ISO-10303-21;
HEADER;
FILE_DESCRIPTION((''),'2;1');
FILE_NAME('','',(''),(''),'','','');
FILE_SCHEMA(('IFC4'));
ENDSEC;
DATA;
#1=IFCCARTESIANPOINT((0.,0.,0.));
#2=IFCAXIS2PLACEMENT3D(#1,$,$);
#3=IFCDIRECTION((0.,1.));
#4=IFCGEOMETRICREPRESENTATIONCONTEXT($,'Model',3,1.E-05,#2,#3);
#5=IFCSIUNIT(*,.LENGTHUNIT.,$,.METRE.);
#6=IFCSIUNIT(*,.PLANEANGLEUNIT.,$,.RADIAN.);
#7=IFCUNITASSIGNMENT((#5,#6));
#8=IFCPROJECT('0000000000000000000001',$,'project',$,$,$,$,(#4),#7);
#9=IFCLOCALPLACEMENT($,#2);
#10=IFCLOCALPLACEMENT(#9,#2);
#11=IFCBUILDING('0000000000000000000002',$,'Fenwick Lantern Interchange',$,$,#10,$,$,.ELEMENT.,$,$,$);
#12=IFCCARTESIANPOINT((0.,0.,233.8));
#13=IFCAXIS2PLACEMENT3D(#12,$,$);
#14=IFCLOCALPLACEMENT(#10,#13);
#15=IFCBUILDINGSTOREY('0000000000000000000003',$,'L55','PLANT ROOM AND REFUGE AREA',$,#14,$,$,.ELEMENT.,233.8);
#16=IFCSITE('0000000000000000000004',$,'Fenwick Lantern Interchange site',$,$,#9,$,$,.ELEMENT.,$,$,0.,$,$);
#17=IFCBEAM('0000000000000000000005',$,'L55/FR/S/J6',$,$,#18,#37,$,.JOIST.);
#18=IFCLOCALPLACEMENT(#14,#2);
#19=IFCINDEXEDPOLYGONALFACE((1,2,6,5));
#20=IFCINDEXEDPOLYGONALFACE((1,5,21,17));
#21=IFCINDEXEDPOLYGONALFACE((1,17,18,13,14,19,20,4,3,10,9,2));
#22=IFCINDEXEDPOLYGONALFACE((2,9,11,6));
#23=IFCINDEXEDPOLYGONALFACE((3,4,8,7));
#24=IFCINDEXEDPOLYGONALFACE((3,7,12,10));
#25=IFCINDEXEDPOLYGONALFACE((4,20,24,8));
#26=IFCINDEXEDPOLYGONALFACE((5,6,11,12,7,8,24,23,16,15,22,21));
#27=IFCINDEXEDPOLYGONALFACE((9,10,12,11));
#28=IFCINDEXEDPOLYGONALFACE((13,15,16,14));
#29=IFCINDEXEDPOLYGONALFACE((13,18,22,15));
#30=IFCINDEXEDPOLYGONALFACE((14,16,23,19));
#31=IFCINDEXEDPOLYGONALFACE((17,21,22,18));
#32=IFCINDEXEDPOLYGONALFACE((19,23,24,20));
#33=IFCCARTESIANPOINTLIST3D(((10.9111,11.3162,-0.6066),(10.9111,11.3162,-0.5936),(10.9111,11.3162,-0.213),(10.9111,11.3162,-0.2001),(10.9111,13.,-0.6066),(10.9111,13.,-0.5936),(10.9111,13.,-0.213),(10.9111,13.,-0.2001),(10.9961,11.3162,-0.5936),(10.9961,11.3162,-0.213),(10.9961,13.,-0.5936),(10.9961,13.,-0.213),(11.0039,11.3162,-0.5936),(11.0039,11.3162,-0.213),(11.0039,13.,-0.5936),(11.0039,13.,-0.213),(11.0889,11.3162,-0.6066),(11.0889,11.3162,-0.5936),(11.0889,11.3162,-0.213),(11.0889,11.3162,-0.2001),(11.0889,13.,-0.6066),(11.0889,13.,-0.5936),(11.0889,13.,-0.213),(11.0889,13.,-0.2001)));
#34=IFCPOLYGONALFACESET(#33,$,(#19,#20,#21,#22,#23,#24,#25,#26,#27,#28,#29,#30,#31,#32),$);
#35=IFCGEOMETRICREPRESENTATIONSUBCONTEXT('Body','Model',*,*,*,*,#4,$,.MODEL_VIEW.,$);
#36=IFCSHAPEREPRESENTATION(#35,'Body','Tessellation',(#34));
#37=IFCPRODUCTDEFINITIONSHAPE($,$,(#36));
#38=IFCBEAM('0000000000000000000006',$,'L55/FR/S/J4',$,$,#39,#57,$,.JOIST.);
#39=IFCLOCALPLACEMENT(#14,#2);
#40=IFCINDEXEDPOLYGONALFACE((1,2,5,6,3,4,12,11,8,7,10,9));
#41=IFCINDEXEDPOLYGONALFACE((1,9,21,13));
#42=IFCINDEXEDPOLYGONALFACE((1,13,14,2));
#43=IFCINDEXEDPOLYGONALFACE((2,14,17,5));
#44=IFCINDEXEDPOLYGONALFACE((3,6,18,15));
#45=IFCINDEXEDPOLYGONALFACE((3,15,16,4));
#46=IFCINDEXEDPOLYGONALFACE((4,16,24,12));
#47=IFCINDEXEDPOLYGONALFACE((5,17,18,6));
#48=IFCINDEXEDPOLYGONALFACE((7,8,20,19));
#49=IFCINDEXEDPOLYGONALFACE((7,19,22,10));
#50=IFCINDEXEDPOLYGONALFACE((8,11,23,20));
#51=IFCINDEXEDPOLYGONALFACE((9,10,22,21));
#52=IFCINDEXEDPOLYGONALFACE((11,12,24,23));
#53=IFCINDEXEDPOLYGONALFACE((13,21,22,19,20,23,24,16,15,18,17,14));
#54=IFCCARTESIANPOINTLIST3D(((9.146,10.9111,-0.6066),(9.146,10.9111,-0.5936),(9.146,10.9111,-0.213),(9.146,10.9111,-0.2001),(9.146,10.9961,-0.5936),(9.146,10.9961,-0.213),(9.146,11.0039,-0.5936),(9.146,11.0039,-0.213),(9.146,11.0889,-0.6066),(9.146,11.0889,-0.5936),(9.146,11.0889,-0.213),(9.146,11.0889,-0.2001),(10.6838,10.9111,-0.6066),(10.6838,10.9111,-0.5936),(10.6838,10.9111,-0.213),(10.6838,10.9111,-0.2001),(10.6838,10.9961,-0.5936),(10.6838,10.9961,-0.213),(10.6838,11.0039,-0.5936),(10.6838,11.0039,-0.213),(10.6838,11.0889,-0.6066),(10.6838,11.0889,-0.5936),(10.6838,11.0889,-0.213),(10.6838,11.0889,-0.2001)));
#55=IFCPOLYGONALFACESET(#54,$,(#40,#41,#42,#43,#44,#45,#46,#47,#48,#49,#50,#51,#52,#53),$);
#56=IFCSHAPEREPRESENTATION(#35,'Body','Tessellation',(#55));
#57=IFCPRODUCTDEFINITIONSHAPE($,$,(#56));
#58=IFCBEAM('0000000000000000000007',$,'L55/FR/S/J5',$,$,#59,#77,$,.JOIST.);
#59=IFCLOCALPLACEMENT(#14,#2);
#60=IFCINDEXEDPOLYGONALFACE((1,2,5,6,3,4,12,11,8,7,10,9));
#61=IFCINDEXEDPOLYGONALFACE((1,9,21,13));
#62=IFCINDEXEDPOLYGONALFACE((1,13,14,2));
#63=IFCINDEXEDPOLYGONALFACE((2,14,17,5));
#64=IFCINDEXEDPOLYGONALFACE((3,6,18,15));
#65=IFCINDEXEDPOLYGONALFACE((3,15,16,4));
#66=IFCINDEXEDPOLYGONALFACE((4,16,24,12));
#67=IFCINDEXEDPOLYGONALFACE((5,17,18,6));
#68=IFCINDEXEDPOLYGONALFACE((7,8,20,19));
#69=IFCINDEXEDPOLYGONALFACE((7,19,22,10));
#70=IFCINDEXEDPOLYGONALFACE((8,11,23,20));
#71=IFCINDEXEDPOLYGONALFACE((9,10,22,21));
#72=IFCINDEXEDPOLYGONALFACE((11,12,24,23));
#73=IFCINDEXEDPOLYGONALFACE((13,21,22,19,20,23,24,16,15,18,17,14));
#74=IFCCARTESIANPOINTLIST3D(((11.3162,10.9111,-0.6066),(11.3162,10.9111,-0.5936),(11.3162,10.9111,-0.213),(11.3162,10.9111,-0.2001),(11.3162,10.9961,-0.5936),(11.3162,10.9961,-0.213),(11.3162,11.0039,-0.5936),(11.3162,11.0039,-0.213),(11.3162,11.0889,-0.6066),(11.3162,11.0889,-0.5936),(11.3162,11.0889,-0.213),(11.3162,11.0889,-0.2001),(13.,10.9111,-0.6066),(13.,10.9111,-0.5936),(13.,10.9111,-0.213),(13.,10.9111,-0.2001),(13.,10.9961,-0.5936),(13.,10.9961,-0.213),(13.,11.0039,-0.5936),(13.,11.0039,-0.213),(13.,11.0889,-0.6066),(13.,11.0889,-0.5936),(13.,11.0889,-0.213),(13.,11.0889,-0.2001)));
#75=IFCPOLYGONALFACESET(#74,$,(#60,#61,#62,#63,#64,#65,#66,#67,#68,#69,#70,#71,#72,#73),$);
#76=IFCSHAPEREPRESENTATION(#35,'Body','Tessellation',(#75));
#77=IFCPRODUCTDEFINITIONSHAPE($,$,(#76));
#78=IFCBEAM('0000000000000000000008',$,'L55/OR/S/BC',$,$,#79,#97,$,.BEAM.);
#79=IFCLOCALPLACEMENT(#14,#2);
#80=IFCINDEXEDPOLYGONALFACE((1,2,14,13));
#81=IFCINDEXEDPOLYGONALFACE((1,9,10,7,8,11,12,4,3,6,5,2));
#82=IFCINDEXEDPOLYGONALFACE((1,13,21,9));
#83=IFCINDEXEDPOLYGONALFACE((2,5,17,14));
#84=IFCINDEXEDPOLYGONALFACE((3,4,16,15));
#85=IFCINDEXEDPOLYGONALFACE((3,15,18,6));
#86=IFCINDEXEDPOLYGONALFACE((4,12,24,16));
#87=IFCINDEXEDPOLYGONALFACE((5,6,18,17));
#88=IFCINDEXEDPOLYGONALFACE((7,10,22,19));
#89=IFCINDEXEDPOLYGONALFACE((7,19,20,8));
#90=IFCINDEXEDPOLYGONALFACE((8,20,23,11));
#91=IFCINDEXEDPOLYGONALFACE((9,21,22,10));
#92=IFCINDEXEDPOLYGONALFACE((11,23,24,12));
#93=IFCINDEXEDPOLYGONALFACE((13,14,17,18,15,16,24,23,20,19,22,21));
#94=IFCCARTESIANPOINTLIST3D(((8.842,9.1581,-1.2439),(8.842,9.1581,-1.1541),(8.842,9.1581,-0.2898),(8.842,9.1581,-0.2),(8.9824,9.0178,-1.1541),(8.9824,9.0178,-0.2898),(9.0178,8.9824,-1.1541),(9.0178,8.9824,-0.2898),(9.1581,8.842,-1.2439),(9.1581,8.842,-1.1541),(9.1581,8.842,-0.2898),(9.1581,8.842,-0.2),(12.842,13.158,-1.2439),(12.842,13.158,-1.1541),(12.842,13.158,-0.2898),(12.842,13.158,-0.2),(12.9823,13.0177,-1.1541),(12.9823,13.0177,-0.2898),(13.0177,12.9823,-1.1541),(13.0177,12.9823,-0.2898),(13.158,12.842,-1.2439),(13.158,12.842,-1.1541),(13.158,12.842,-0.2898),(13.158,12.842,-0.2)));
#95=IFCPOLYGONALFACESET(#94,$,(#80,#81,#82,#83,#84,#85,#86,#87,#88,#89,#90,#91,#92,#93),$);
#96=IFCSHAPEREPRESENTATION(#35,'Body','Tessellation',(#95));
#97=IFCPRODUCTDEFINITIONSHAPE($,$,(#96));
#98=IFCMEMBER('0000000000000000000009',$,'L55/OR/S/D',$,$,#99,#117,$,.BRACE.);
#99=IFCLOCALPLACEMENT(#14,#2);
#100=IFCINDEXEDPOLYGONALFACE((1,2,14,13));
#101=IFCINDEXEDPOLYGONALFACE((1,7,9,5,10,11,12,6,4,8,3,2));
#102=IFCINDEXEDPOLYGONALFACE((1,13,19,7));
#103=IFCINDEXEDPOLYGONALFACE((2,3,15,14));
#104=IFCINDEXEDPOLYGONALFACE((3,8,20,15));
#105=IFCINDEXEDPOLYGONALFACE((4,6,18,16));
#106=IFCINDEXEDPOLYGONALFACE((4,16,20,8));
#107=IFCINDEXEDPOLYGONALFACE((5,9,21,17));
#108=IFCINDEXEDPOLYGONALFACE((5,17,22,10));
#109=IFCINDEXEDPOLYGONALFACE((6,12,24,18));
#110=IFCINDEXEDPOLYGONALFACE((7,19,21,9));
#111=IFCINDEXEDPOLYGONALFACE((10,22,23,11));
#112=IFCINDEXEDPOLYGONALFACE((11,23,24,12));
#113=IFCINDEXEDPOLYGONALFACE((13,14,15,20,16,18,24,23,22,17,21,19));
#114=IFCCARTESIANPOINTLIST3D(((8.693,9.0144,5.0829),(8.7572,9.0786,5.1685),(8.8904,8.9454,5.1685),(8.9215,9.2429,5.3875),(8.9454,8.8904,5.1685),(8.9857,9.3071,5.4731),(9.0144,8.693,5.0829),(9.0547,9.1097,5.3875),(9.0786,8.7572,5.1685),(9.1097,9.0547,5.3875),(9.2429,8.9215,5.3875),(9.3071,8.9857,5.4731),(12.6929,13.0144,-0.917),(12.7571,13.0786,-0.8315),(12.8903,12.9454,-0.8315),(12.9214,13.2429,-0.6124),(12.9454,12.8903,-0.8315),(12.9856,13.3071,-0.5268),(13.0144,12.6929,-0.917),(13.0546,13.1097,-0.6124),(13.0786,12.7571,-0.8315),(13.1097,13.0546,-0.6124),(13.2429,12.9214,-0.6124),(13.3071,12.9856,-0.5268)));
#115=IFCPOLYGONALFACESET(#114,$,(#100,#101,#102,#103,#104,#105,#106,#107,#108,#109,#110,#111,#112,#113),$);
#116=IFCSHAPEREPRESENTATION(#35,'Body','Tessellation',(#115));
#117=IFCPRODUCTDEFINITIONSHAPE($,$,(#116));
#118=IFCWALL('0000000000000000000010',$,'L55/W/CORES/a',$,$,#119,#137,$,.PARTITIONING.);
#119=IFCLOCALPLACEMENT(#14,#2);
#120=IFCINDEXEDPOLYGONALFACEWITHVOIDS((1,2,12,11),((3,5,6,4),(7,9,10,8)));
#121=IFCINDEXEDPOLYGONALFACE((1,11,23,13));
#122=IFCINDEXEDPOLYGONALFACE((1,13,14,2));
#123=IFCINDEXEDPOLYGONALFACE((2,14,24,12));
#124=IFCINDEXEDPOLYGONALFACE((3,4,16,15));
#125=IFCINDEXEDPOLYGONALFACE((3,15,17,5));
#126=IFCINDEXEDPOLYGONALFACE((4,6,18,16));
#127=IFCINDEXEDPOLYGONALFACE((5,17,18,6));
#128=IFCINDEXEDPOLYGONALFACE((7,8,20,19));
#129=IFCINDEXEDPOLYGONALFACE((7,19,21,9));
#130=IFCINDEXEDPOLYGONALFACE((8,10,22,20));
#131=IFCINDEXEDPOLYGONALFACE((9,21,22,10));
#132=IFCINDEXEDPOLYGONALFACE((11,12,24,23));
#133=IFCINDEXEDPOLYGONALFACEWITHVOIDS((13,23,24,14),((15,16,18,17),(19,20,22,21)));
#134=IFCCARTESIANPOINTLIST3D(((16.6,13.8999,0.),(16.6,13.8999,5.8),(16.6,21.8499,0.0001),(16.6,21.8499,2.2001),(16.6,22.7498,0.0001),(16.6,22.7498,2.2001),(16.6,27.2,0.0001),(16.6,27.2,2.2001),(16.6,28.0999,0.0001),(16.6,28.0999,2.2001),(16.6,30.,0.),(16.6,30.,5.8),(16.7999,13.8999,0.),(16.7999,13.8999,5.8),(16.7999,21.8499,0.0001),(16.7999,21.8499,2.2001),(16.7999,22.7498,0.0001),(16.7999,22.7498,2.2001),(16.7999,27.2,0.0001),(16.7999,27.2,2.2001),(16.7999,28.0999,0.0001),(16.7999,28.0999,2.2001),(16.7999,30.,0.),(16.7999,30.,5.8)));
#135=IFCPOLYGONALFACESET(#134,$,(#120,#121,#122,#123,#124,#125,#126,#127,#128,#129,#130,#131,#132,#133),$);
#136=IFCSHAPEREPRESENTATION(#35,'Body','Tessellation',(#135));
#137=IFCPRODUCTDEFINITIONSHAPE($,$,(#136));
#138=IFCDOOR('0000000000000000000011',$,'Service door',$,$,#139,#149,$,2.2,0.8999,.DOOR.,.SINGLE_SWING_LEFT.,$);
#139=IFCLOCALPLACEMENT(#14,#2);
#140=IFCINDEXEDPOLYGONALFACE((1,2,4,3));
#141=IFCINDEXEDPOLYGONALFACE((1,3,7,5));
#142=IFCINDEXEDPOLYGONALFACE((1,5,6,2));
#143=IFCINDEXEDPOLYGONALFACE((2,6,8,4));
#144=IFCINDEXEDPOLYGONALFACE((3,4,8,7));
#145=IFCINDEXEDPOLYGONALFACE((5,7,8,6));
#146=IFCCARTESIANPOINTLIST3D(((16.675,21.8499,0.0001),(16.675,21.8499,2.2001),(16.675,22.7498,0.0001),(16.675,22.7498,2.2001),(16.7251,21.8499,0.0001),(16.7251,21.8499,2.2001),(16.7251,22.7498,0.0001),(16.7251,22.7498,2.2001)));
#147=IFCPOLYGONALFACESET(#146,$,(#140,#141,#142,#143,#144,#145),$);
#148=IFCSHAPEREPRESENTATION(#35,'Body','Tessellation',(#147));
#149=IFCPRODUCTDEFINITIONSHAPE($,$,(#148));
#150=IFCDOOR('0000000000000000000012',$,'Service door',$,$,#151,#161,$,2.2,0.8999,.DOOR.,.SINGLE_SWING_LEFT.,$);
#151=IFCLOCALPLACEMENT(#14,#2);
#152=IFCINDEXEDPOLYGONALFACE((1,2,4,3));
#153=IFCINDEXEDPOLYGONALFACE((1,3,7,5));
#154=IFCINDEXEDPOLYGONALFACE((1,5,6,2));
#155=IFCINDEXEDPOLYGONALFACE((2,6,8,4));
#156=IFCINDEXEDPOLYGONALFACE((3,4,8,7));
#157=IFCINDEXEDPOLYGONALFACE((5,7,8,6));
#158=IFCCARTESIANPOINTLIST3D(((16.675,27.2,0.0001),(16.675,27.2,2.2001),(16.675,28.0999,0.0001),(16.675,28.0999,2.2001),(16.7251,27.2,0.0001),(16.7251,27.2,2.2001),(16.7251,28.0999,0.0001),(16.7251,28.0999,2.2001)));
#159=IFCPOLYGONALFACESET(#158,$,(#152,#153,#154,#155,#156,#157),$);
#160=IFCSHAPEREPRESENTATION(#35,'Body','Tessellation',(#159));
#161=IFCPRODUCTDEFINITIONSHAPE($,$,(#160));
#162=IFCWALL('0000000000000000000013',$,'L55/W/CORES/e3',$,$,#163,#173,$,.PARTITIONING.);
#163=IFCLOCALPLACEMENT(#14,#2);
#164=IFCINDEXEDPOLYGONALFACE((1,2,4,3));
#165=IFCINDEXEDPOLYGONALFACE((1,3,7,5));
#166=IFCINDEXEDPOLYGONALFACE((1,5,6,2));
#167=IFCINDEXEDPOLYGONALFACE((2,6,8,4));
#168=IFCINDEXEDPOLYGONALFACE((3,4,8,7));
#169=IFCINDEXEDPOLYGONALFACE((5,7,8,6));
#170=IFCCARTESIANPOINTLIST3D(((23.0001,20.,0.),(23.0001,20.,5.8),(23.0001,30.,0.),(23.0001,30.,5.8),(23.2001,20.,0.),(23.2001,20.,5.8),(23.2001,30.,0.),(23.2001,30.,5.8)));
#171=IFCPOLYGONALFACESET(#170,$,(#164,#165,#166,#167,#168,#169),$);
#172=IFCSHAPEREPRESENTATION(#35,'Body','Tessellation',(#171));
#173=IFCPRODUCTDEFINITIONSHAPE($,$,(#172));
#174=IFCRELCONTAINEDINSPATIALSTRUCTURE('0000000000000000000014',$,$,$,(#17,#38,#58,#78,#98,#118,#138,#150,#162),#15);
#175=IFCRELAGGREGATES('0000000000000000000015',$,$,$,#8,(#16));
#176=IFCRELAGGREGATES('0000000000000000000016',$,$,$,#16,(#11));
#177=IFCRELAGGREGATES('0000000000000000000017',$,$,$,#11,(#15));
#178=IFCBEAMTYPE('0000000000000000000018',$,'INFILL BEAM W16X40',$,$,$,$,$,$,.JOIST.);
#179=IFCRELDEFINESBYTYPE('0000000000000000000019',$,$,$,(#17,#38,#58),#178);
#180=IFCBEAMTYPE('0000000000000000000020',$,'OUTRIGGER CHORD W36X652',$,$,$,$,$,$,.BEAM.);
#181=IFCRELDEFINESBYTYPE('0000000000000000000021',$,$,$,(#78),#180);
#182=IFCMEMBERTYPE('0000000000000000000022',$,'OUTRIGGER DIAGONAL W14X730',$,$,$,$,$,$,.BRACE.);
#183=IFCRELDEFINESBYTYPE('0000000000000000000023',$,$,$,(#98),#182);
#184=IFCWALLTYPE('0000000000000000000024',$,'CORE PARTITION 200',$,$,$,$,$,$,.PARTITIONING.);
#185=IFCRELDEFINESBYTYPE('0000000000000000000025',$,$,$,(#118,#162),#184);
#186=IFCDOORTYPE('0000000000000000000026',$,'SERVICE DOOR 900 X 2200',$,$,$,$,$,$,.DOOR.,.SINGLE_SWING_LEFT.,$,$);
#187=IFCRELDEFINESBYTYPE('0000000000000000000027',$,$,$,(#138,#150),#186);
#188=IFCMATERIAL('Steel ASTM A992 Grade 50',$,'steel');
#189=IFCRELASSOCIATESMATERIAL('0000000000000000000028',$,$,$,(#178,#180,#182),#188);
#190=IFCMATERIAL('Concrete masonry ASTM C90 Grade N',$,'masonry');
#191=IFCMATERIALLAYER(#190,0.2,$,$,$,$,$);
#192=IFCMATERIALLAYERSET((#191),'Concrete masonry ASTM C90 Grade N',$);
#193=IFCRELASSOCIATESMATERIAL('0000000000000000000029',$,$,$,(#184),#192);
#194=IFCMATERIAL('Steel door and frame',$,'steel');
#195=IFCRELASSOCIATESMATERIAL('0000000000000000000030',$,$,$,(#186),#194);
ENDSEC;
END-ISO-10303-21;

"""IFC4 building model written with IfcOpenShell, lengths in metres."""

from ifc_helpers import new_model, si_unit, direction, frame, frame_2d, origin, origin_2d, place, context, subcontext, project, spatial, rectangle, i_section, extrude, material, layer, layer_set, material_profile, profile_set, type_object, element, fill, save


model = new_model("IFC4")

# Units and contexts
model_context = context("Model", 3, precision=1e-05, world=origin(), true_north=direction((0.0, 1.0)))
body_context = subcontext(model_context, "Body", "Model", "MODEL_VIEW")
ifc_project = project(units=[si_unit("LENGTHUNIT", "METRE"), si_unit("PLANEANGLEUNIT", "RADIAN")], contexts=[model_context])

# Site, building, storey
site_placement = place(None, origin())
site = spatial("IfcSite", under=ifc_project, at=site_placement, Name="Fenwick Lantern Interchange site", CompositionType="ELEMENT", RefElevation=0.0)
building_placement = place(site_placement, origin())
building = spatial("IfcBuilding", under=site, at=building_placement, Name="Fenwick Lantern Interchange", CompositionType="ELEMENT")
storey_placement = place(building_placement, frame((0.0, 0.0, 233.8)))
storey = spatial("IfcBuildingStorey", under=building, at=storey_placement, Name="L55", Description="PLANT ROOM AND REFUGE AREA", CompositionType="ELEMENT", Elevation=233.8)

# Beams
ifc_material_1 = material(Name="Steel ASTM A992 Grade 50", Category="steel")
ifc_material_profile_1 = material_profile(ifc_material_1, i_section(OverallWidth=0.1777, OverallDepth=0.4065, WebThickness=0.0078, FlangeThickness=0.0129, at=origin_2d()), Name="W16X40")
ifc_profile_set_1 = profile_set([ifc_material_profile_1], Name="Steel ASTM A992 Grade 50")
beam_type_1 = type_object("IfcBeamType", Name="INFILL BEAM W16X40", PredefinedType="JOIST", material=ifc_profile_set_1)
beam_1_placement = place(storey_placement, frame((11.0, 11.3162, -0.4033), z_axis=(0.0, 1.0, 0.0), x_axis=(-1.0, 0.0, 0.0)))
element("IfcBeam", 1, at=beam_1_placement, inside=storey, type_object=beam_type_1, Name="L55/FR/S/J6", PredefinedType="JOIST", context=body_context, shape_type="SweptSolid", body=[
    extrude(i_section(OverallWidth=0.1777, OverallDepth=0.4065, WebThickness=0.0078, FlangeThickness=0.0129, at=origin_2d()), origin(), (0.0, 0.0, 1.0), 1.6838),
])
beam_2_placement = place(storey_placement, frame((9.146, 11.0, -0.4033), z_axis=(1.0, 0.0, 0.0), x_axis=(0.0, 1.0, 0.0)))
element("IfcBeam", 2, at=beam_2_placement, inside=storey, type_object=beam_type_1, Name="L55/FR/S/J4", PredefinedType="JOIST", context=body_context, shape_type="SweptSolid", body=[
    extrude(i_section(OverallWidth=0.1777, OverallDepth=0.4065, WebThickness=0.0078, FlangeThickness=0.0129, at=origin_2d()), origin(), (0.0, 0.0, 1.0), 1.5378),
])
beam_3_placement = place(storey_placement, frame((11.3162, 11.0, -0.4033), z_axis=(1.0, 0.0, 0.0), x_axis=(0.0, 1.0, 0.0)))
element("IfcBeam", 3, at=beam_3_placement, inside=storey, type_object=beam_type_1, Name="L55/FR/S/J5", PredefinedType="JOIST", context=body_context, shape_type="SweptSolid", body=[
    extrude(i_section(OverallWidth=0.1777, OverallDepth=0.4065, WebThickness=0.0078, FlangeThickness=0.0129, at=origin_2d()), origin(), (0.0, 0.0, 1.0), 1.6838),
])
ifc_material_profile_2 = material_profile(ifc_material_1, i_section(OverallWidth=0.447, OverallDepth=1.0439, WebThickness=0.05, FlangeThickness=0.0898, at=origin_2d()), Name="W36X652")
ifc_profile_set_2 = profile_set([ifc_material_profile_2], Name="Steel ASTM A992 Grade 50")
beam_type_2 = type_object("IfcBeamType", Name="OUTRIGGER CHORD W36X652", PredefinedType="BEAM", material=ifc_profile_set_2)
beam_4_placement = place(storey_placement, frame((13.0, 13.0, -0.7219), z_axis=(-0.707107, -0.707107, 0.0), x_axis=(0.707107, -0.707107, 0.0)))
element("IfcBeam", 4, at=beam_4_placement, inside=storey, type_object=beam_type_2, Name="L55/OR/S/BC", PredefinedType="BEAM", context=body_context, shape_type="SweptSolid", body=[
    extrude(i_section(OverallWidth=0.447, OverallDepth=1.0439, WebThickness=0.05, FlangeThickness=0.0898, at=origin_2d()), origin(), (0.0, 0.0, 1.0), 5.6567),
])

# Member
ifc_material_profile_3 = material_profile(ifc_material_1, i_section(OverallWidth=0.4546, OverallDepth=0.5688, WebThickness=0.0779, FlangeThickness=0.1248, at=origin_2d()), Name="W14X730")
ifc_profile_set_3 = profile_set([ifc_material_profile_3], Name="Steel ASTM A992 Grade 50")
member_type = type_object("IfcMemberType", Name="OUTRIGGER DIAGONAL W14X730", PredefinedType="BRACE", material=ifc_profile_set_3)
member_placement = place(storey_placement, frame((13.0, 13.0, -0.7219), z_axis=(-0.485071, -0.485071, 0.727607), x_axis=(0.707107, -0.707107, 0.0)))
element("IfcMember", 5, at=member_placement, inside=storey, type_object=member_type, Name="L55/OR/S/D", PredefinedType="BRACE", context=body_context, shape_type="SweptSolid", body=[
    extrude(i_section(OverallWidth=0.4546, OverallDepth=0.5688, WebThickness=0.0779, FlangeThickness=0.1248, at=origin_2d()), origin(), (0.0, 0.0, 1.0), 8.2461),
])

# Wall, openings, doors
ifc_material_2 = material(Name="Concrete masonry ASTM C90 Grade N", Category="masonry")
ifc_layer_1 = layer(ifc_material_2, 0.2)
ifc_layer_set_1 = layer_set([ifc_layer_1], Name="Concrete masonry ASTM C90 Grade N")
wall_type_1 = type_object("IfcWallType", Name="CORE PARTITION 200", PredefinedType="PARTITIONING", material=ifc_layer_set_1)
wall_1_placement = place(storey_placement, frame((16.7, 13.8999, 0.0), z_axis=(0.0, 0.0, 1.0), x_axis=(0.0, 1.0, 0.0)))
wall_1 = element("IfcWall", 6, at=wall_1_placement, inside=storey, type_object=wall_type_1, Name="L55/W/CORES/a", PredefinedType="PARTITIONING", context=body_context, shape_type="SweptSolid", body=[
    extrude(rectangle(XDim=16.1001, YDim=0.2, at=frame_2d((8.05, 0.0))), origin(), (0.0, 0.0, 1.0), 5.8),
])
opening_1_placement = place(wall_1_placement, frame((7.95, 0.0, 0.0)))
opening_1 = element("IfcOpeningElement", 7, at=opening_1_placement, cuts=wall_1, PredefinedType="OPENING", context=body_context, shape_type="SweptSolid", body=[
    extrude(rectangle(XDim=0.8999, YDim=2.2, at=frame_2d((0.45, 1.1001))), frame((0.0, 0.1099, 0.0), z_axis=(0.0, -1.0, 0.0), x_axis=(1.0, 0.0, 0.0)), (0.0, 0.0, 1.0), 0.22),
])
opening_2_placement = place(wall_1_placement, frame((13.3, 0.0, 0.0)))
opening_2 = element("IfcOpeningElement", 8, at=opening_2_placement, cuts=wall_1, PredefinedType="OPENING", context=body_context, shape_type="SweptSolid", body=[
    extrude(rectangle(XDim=0.8999, YDim=2.2, at=frame_2d((0.45, 1.1001))), frame((0.0, 0.1099, 0.0), z_axis=(0.0, -1.0, 0.0), x_axis=(1.0, 0.0, 0.0)), (0.0, 0.0, 1.0), 0.22),
])
ifc_material_3 = material(Name="Steel door and frame", Category="steel")
door_type_1 = type_object("IfcDoorType", Name="SERVICE DOOR 900 X 2200", OperationType="SINGLE_SWING_LEFT", PredefinedType="DOOR", material=ifc_material_3)
door_1_placement = place(opening_1_placement, origin())
door_1 = element("IfcDoor", 9, at=door_1_placement, inside=storey, type_object=door_type_1, Name="Service door", OperationType="SINGLE_SWING_LEFT", OverallHeight=2.2, OverallWidth=0.8999, PredefinedType="DOOR", context=body_context, shape_type="SweptSolid", body=[
    extrude(rectangle(XDim=0.8999, YDim=2.2, at=frame_2d((0.45, 1.1001))), frame((0.0, 0.0249, 0.0), z_axis=(0.0, -1.0, 0.0), x_axis=(1.0, 0.0, 0.0)), (0.0, 0.0, 1.0), 0.05),
])
fill(opening_1, door_1)
door_2_placement = place(opening_2_placement, origin())
door_2 = element("IfcDoor", 10, at=door_2_placement, inside=storey, type_object=door_type_1, Name="Service door", OperationType="SINGLE_SWING_LEFT", OverallHeight=2.2, OverallWidth=0.8999, PredefinedType="DOOR", context=body_context, shape_type="SweptSolid", body=[
    extrude(rectangle(XDim=0.8999, YDim=2.2, at=frame_2d((0.45, 1.1001))), frame((0.0, 0.0249, 0.0), z_axis=(0.0, -1.0, 0.0), x_axis=(1.0, 0.0, 0.0)), (0.0, 0.0, 1.0), 0.05),
])
fill(opening_2, door_2)

# Wall
wall_2_placement = place(storey_placement, frame((23.1001, 20.0, 0.0), z_axis=(0.0, 0.0, 1.0), x_axis=(0.0, 1.0, 0.0)))
element("IfcWall", 11, at=wall_2_placement, inside=storey, type_object=wall_type_1, Name="L55/W/CORES/e3", PredefinedType="PARTITIONING", context=body_context, shape_type="SweptSolid", body=[
    extrude(rectangle(XDim=10.0, YDim=0.2, at=frame_2d((5.0, 0.0))), origin(), (0.0, 0.0, 1.0), 5.8),
])

save(model, "model.ifc")
